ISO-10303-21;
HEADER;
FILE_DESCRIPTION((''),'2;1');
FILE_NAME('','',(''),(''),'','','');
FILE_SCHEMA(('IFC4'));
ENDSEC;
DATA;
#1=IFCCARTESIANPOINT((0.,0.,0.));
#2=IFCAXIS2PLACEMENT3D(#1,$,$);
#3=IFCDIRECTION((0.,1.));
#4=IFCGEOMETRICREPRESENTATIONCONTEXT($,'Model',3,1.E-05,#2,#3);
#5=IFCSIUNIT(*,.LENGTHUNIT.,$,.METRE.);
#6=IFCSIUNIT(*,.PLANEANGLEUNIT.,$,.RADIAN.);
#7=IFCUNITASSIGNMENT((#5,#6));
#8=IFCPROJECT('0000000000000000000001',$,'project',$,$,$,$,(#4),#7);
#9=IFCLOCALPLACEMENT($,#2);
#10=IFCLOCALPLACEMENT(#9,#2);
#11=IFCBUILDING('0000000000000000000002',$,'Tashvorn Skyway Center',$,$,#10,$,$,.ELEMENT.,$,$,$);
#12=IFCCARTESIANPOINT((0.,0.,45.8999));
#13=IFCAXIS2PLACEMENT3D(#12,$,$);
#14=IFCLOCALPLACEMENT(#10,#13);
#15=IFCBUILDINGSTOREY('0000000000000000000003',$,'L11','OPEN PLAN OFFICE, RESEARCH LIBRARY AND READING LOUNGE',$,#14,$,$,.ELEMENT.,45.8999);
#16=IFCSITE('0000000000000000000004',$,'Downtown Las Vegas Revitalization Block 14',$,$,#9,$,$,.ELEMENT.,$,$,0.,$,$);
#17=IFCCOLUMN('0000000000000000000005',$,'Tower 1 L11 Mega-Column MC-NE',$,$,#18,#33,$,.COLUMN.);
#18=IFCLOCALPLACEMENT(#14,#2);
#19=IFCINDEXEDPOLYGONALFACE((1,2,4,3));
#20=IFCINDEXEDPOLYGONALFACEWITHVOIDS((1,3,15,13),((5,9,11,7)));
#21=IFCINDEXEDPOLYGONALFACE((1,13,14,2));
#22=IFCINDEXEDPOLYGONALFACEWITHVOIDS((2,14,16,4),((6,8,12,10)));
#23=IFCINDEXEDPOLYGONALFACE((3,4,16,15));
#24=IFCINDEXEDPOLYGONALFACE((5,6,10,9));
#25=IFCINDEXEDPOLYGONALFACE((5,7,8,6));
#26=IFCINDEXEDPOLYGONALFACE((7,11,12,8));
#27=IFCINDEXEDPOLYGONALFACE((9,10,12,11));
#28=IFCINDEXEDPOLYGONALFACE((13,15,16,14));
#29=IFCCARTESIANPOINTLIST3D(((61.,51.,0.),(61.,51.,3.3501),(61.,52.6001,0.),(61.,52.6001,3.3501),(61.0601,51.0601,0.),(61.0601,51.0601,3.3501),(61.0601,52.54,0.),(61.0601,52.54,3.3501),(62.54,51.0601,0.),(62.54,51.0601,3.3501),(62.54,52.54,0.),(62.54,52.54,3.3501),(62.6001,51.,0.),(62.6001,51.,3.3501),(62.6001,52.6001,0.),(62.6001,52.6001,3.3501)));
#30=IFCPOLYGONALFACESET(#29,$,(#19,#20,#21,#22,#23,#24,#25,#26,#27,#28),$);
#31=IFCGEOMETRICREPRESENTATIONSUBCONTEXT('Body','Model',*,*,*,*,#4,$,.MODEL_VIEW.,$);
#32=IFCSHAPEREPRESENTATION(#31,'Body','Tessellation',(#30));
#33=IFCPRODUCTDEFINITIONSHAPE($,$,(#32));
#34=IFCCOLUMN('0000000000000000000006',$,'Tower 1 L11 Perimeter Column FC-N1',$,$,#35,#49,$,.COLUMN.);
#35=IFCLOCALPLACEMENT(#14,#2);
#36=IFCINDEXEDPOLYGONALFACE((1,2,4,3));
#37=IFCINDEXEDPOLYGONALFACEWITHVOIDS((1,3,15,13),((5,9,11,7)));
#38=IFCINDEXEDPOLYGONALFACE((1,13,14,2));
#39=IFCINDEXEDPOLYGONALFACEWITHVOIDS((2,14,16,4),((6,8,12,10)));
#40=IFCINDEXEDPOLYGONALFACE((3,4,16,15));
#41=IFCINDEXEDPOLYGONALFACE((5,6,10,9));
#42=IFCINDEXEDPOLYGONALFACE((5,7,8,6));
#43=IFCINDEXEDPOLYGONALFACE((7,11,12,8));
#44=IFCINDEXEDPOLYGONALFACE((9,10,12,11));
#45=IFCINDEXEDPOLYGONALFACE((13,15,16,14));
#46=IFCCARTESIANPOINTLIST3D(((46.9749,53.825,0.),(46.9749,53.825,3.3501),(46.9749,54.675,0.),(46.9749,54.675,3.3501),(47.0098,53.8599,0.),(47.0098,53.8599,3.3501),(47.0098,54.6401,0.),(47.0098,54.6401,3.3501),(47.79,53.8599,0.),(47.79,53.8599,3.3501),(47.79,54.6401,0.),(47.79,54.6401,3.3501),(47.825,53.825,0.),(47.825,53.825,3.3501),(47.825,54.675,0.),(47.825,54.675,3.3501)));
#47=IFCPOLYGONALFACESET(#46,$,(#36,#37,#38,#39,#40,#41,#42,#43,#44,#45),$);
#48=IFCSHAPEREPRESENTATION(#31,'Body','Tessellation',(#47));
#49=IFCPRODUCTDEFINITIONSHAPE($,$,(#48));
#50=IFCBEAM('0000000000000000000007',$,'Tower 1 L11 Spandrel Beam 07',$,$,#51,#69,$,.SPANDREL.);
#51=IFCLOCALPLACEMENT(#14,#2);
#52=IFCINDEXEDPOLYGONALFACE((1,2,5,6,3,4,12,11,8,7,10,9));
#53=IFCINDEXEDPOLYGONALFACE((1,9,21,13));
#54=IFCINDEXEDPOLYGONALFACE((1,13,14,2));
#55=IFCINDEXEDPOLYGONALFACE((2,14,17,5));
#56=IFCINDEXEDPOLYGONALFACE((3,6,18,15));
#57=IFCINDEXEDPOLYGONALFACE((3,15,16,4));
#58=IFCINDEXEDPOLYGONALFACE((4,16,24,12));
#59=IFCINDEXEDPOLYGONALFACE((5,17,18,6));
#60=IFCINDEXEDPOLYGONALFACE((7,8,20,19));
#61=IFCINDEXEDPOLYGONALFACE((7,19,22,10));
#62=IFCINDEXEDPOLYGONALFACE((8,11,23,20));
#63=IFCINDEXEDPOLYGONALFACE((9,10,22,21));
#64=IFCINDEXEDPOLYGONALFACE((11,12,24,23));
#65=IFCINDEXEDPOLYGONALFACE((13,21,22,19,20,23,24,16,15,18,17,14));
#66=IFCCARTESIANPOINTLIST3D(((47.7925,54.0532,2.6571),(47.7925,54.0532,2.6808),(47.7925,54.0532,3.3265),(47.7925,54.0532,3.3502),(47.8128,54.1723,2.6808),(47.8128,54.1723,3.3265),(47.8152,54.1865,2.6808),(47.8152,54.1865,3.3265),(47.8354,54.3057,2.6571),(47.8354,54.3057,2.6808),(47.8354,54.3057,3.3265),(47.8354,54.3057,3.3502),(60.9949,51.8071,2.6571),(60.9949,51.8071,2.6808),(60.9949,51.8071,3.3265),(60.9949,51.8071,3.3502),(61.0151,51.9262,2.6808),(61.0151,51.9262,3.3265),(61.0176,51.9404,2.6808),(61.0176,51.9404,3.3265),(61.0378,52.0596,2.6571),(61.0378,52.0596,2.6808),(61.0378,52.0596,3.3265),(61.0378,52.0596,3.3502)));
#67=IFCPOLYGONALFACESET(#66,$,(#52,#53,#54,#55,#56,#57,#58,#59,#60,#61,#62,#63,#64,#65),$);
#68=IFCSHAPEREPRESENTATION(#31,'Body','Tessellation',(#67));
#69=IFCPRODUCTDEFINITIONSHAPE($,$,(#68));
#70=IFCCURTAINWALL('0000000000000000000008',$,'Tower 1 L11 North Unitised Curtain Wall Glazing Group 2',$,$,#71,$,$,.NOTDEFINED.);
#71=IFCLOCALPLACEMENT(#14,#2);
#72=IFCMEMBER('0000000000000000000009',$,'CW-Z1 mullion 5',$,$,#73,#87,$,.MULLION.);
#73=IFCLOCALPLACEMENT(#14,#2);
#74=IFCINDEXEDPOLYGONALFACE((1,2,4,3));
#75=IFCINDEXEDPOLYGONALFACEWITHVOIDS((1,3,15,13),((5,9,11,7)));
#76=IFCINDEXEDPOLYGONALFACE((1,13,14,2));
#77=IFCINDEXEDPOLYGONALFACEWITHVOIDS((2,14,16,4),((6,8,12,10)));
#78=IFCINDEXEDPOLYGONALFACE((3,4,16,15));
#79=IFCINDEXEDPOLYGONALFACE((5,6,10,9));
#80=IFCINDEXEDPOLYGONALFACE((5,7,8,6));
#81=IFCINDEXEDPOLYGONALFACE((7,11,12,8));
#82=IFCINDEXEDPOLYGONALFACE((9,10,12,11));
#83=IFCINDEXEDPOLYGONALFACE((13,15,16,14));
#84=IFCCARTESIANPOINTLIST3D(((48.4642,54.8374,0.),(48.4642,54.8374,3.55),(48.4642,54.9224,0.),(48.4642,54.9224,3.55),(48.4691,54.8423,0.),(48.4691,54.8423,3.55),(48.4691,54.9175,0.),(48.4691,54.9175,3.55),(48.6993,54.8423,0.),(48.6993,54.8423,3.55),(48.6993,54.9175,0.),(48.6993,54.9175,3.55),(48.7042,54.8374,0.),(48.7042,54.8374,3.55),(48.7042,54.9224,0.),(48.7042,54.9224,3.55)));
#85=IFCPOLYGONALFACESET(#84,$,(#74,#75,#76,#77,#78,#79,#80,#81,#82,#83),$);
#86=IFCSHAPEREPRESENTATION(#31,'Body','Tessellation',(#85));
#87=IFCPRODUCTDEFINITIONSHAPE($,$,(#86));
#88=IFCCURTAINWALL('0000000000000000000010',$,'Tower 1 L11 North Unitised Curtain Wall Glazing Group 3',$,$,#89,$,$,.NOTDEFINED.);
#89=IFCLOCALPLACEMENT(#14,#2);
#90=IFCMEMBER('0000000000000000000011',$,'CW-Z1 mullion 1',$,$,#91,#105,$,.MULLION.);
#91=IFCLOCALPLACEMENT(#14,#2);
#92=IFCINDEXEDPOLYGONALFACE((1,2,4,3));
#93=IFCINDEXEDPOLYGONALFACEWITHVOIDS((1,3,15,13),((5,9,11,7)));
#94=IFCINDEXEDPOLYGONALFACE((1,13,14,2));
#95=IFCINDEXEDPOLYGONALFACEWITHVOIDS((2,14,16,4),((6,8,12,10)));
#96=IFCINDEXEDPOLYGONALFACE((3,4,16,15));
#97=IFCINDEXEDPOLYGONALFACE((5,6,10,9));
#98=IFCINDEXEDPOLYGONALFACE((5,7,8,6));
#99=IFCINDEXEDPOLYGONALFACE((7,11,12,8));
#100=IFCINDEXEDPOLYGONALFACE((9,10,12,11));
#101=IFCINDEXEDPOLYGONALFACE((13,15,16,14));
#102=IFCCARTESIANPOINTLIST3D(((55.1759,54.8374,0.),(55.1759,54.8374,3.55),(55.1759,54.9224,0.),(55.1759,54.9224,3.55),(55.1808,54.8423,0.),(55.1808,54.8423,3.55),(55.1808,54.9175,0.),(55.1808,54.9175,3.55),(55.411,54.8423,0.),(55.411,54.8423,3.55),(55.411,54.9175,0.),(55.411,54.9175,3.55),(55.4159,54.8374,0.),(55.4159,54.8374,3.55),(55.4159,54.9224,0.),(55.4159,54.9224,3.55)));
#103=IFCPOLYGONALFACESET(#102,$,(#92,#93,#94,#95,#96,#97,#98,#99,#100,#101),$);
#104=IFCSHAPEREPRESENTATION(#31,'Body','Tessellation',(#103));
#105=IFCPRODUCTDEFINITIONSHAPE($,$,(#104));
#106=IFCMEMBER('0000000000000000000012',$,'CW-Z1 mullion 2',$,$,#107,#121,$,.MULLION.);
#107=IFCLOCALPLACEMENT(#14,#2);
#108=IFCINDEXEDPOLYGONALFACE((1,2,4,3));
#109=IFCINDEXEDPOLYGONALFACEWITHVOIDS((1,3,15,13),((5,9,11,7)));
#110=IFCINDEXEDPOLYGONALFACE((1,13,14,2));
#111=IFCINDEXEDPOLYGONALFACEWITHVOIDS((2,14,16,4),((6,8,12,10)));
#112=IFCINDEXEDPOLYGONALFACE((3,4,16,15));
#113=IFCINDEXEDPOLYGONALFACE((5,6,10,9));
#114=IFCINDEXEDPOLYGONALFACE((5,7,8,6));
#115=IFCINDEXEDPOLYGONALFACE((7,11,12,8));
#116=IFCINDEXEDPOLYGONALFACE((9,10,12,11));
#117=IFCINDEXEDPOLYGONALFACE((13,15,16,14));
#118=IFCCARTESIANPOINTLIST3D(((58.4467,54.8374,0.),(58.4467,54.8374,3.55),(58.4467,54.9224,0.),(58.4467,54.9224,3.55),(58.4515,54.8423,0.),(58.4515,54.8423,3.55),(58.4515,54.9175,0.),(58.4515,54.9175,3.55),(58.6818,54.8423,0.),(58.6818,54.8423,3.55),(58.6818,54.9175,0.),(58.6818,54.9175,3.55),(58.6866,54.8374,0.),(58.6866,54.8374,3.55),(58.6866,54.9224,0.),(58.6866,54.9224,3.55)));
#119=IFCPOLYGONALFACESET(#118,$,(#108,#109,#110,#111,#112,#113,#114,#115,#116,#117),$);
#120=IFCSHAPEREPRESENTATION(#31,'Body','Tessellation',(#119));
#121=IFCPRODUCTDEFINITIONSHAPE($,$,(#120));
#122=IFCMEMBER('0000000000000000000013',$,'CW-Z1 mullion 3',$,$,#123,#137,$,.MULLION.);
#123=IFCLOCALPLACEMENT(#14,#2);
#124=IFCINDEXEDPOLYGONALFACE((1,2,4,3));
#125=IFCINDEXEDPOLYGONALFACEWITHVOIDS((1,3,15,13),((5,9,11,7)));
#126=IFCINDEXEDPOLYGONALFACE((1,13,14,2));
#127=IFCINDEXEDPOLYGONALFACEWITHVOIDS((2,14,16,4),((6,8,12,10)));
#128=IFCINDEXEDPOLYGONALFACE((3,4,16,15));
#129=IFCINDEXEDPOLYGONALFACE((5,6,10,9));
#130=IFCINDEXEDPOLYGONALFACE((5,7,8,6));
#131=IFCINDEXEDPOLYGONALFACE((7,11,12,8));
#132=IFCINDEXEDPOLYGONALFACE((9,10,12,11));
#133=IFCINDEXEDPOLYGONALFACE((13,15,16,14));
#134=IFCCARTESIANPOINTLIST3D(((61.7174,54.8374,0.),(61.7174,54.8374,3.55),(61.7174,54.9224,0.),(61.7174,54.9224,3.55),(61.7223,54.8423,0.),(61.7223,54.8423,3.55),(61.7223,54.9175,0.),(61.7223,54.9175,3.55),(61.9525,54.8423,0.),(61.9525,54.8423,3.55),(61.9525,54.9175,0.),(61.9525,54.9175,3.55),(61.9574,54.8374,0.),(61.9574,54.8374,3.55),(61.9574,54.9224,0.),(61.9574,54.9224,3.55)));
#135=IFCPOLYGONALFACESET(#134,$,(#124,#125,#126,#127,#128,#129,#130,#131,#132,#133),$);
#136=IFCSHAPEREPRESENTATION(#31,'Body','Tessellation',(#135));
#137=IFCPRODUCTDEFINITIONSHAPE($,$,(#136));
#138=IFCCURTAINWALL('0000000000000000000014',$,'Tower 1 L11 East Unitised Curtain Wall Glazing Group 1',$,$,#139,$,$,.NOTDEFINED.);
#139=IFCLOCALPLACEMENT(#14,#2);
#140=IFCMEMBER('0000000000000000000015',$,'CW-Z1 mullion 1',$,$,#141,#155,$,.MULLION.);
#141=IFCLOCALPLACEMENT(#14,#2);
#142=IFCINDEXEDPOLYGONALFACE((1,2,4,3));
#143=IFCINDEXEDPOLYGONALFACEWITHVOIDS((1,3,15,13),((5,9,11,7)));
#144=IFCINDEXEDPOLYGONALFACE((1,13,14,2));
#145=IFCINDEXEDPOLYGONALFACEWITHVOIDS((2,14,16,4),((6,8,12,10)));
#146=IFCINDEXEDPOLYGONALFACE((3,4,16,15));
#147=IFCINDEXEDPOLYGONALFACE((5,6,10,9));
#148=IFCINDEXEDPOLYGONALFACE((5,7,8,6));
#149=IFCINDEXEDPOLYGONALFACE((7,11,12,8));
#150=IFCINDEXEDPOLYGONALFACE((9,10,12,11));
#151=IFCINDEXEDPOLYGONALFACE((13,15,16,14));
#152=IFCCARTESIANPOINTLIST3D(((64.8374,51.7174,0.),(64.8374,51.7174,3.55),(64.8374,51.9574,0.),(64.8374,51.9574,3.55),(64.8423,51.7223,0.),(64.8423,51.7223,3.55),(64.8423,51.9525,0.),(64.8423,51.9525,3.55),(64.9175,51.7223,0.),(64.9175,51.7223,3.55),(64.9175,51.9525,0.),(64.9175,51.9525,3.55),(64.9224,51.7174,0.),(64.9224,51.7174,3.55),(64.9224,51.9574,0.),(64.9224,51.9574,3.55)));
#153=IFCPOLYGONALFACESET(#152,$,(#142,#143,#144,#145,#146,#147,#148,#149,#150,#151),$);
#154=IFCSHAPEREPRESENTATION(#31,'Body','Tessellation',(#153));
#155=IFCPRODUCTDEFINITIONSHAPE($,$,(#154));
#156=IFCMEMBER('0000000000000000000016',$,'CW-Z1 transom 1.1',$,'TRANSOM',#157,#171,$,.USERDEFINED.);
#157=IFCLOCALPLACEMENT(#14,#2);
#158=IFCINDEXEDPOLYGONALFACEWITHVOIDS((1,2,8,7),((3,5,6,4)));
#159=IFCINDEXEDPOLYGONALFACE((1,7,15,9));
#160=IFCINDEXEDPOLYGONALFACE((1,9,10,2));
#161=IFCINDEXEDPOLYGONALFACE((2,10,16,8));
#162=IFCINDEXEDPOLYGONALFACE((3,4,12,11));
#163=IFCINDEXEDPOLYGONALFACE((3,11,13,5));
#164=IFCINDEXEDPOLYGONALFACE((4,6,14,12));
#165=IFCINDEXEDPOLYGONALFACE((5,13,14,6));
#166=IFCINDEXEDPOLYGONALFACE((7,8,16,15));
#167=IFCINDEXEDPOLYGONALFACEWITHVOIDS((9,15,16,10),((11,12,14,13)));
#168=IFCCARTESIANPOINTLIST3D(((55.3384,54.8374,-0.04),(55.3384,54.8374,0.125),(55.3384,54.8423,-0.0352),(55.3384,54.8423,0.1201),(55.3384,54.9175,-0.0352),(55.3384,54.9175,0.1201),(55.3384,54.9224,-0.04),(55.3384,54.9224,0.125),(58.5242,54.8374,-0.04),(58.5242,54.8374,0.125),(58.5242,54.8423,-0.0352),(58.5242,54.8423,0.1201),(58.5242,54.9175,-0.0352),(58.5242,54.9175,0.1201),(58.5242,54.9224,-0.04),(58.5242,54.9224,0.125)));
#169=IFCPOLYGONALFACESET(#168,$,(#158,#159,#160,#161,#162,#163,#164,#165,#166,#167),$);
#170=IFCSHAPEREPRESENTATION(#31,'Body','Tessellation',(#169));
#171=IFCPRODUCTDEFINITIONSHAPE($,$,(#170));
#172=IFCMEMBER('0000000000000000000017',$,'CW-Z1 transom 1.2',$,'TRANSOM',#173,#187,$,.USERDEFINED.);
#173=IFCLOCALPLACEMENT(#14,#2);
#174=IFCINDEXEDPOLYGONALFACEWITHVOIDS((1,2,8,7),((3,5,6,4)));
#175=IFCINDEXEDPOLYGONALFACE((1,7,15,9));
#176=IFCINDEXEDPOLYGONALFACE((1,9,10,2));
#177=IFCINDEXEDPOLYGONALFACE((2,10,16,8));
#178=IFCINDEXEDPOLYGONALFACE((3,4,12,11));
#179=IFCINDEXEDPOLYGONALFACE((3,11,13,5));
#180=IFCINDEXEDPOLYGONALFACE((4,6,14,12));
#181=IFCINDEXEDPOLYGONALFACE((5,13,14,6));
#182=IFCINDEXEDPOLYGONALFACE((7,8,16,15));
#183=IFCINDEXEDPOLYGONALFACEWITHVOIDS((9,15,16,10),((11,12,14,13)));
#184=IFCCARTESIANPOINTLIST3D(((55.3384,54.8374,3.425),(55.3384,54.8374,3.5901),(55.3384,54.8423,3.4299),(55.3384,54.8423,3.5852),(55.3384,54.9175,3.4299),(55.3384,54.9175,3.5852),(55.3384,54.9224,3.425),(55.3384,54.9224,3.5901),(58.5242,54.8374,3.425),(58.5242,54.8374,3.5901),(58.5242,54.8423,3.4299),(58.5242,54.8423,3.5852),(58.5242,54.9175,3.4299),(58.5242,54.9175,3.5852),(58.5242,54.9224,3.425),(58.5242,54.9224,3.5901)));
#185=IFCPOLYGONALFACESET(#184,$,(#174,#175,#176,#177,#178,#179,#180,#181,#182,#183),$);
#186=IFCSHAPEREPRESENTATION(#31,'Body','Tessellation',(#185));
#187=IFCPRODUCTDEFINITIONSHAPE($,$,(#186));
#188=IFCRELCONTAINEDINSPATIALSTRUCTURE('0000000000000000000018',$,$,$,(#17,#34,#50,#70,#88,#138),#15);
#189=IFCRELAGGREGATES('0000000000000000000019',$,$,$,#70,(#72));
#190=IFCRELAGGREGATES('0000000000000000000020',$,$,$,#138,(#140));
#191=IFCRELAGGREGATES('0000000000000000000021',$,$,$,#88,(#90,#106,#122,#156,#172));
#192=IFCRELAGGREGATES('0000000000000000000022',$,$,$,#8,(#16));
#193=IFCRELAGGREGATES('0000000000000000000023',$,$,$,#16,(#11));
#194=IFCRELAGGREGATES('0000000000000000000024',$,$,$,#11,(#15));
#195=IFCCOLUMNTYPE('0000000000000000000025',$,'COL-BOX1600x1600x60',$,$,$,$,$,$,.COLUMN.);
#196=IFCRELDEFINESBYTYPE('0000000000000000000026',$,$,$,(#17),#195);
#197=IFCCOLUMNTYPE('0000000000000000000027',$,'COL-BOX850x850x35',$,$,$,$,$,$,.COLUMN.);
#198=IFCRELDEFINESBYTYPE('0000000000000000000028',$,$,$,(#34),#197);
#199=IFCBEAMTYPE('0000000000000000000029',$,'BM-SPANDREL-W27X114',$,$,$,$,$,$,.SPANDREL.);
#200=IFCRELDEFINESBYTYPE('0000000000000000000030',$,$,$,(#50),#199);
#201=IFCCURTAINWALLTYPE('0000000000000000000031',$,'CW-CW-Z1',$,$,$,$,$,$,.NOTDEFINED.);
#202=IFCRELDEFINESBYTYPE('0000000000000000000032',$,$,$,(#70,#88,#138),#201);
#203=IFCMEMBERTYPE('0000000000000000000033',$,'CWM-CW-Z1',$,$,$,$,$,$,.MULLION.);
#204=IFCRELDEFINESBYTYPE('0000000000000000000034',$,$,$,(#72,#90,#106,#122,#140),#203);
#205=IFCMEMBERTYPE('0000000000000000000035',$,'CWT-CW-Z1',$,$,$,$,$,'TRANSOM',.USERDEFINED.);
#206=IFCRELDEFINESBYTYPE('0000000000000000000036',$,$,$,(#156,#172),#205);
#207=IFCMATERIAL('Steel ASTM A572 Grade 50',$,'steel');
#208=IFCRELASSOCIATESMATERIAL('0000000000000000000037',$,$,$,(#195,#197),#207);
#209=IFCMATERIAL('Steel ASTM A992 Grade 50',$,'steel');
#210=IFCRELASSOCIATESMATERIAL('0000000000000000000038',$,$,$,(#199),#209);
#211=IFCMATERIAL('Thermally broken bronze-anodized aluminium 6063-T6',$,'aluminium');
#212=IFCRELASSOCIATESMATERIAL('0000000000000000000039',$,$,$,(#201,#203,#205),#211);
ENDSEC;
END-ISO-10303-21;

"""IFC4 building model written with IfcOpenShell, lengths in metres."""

from ifc_helpers import new_model, si_unit, direction, frame, origin, origin_2d, place, context, subcontext, project, spatial, hollow_rectangle, i_section, extrude, material, material_profile, profile_set, type_object, element, aggregate, save


model = new_model("IFC4")

# Units and contexts
model_context = context("Model", 3, precision=1e-05, world=origin(), true_north=direction((0.0, 1.0)))
body_context = subcontext(model_context, "Body", "Model", "MODEL_VIEW")
ifc_project = project(units=[si_unit("LENGTHUNIT", "METRE"), si_unit("PLANEANGLEUNIT", "RADIAN")], contexts=[model_context])

# Site, building, storey
site_placement = place(None, origin())
site = spatial("IfcSite", under=ifc_project, at=site_placement, Name="Downtown Las Vegas Revitalization Block 14", CompositionType="ELEMENT", RefElevation=0.0)
building_placement = place(site_placement, origin())
building = spatial("IfcBuilding", under=site, at=building_placement, Name="Tashvorn Skyway Center", CompositionType="ELEMENT")
storey_placement = place(building_placement, frame((0.0, 0.0, 45.8999)))
storey = spatial("IfcBuildingStorey", under=building, at=storey_placement, Name="L11", Description="OPEN PLAN OFFICE, RESEARCH LIBRARY AND READING LOUNGE", CompositionType="ELEMENT", Elevation=45.8999)

# Columns
ifc_material_1 = material(Name="Steel ASTM A572 Grade 50", Category="steel")
ifc_material_profile_1 = material_profile(ifc_material_1, hollow_rectangle(XDim=1.6001, YDim=1.6001, WallThickness=0.0601, at=origin_2d()), Name="BOX1600x1600x60")
ifc_profile_set_1 = profile_set([ifc_material_profile_1], Name="Steel ASTM A572 Grade 50")
column_type_1 = type_object("IfcColumnType", Name="COL-BOX1600x1600x60", PredefinedType="COLUMN", material=ifc_profile_set_1)
column_1_placement = place(storey_placement, frame((61.8, 51.8, 0.0), z_axis=(0.0, 0.0, 1.0), x_axis=(1.0, 0.0, 0.0)))
element("IfcColumn", 1, at=column_1_placement, inside=storey, type_object=column_type_1, Name="Tower 1 L11 Mega-Column MC-NE", PredefinedType="COLUMN", context=body_context, shape_type="SweptSolid", body=[
    extrude(hollow_rectangle(XDim=1.6001, YDim=1.6001, WallThickness=0.0601, at=origin_2d()), origin(), (0.0, 0.0, 1.0), 3.3501),
])
ifc_material_profile_2 = material_profile(ifc_material_1, hollow_rectangle(XDim=0.8501, YDim=0.8501, WallThickness=0.0349, at=origin_2d()), Name="BOX850x850x35")
ifc_profile_set_2 = profile_set([ifc_material_profile_2], Name="Steel ASTM A572 Grade 50")
column_type_2 = type_object("IfcColumnType", Name="COL-BOX850x850x35", PredefinedType="COLUMN", material=ifc_profile_set_2)
column_2_placement = place(storey_placement, frame((47.3999, 54.25, 0.0), z_axis=(0.0, 0.0, 1.0), x_axis=(1.0, 0.0, 0.0)))
element("IfcColumn", 2, at=column_2_placement, inside=storey, type_object=column_type_2, Name="Tower 1 L11 Perimeter Column FC-N1", PredefinedType="COLUMN", context=body_context, shape_type="SweptSolid", body=[
    extrude(hollow_rectangle(XDim=0.8501, YDim=0.8501, WallThickness=0.0349, at=origin_2d()), origin(), (0.0, 0.0, 1.0), 3.3501),
])

# Beam
ifc_material_2 = material(Name="Steel ASTM A992 Grade 50", Category="steel")
ifc_material_profile_3 = material_profile(ifc_material_2, i_section(OverallWidth=0.2561, OverallDepth=0.6931, WebThickness=0.0144, FlangeThickness=0.0237, at=origin_2d()), Name="W27X114")
ifc_profile_set_3 = profile_set([ifc_material_profile_3], Name="Steel ASTM A992 Grade 50")
beam_type = type_object("IfcBeamType", Name="BM-SPANDREL-W27X114", PredefinedType="SPANDREL", material=ifc_profile_set_3)
beam_placement = place(storey_placement, frame((61.0164, 51.9333, 3.0037), z_axis=(-0.985835, 0.167718, 0.0), x_axis=(-0.167718, -0.985835, 0.0)))
element("IfcBeam", 3, at=beam_placement, inside=storey, type_object=beam_type, Name="Tower 1 L11 Spandrel Beam 07", PredefinedType="SPANDREL", context=body_context, shape_type="SweptSolid", body=[
    extrude(i_section(OverallWidth=0.2561, OverallDepth=0.6931, WebThickness=0.0144, FlangeThickness=0.0237, at=origin_2d()), origin(), (0.0, 0.0, 1.0), 13.3921),
])

# Curtain wall, member
ifc_material_3 = material(Name="Thermally broken bronze-anodized aluminium 6063-T6", Category="aluminium")
curtain_wall_type = type_object("IfcCurtainWallType", Name="CW-CW-Z1", PredefinedType="NOTDEFINED", material=ifc_material_3)
curtain_wall_1_placement = place(storey_placement, origin())
curtain_wall_1 = element("IfcCurtainWall", 4, at=curtain_wall_1_placement, inside=storey, type_object=curtain_wall_type, Name="Tower 1 L11 North Unitised Curtain Wall Glazing Group 2", PredefinedType="NOTDEFINED")
ifc_material_profile_4 = material_profile(ifc_material_3, hollow_rectangle(XDim=0.085, YDim=0.24, WallThickness=0.0049, at=origin_2d()), Name="ALU-MULL-85x240")
ifc_profile_set_4 = profile_set([ifc_material_profile_4], Name="Thermally broken bronze-anodized aluminium 6063-T6")
member_type_1 = type_object("IfcMemberType", Name="CWM-CW-Z1", PredefinedType="MULLION", material=ifc_profile_set_4)
member_1_placement = place(storey_placement, frame((48.5842, 54.8799, 0.0), z_axis=(0.0, 0.0, 1.0), x_axis=(0.0, 1.0, 0.0)))
member_1 = element("IfcMember", 5, at=member_1_placement, type_object=member_type_1, Name="CW-Z1 mullion 5", PredefinedType="MULLION", context=body_context, shape_type="SweptSolid", body=[
    extrude(hollow_rectangle(XDim=0.085, YDim=0.24, WallThickness=0.0049, at=origin_2d()), origin(), (0.0, 0.0, 1.0), 3.55),
])
aggregate(curtain_wall_1, [member_1])

# Curtain wall, members
curtain_wall_2_placement = place(storey_placement, origin())
curtain_wall_2 = element("IfcCurtainWall", 6, at=curtain_wall_2_placement, inside=storey, type_object=curtain_wall_type, Name="Tower 1 L11 North Unitised Curtain Wall Glazing Group 3", PredefinedType="NOTDEFINED")
member_2_placement = place(storey_placement, frame((55.2959, 54.8799, 0.0), z_axis=(0.0, 0.0, 1.0), x_axis=(0.0, 1.0, 0.0)))
member_2 = element("IfcMember", 7, at=member_2_placement, type_object=member_type_1, Name="CW-Z1 mullion 1", PredefinedType="MULLION", context=body_context, shape_type="SweptSolid", body=[
    extrude(hollow_rectangle(XDim=0.085, YDim=0.24, WallThickness=0.0049, at=origin_2d()), origin(), (0.0, 0.0, 1.0), 3.55),
])
member_3_placement = place(storey_placement, frame((58.5667, 54.8799, 0.0), z_axis=(0.0, 0.0, 1.0), x_axis=(0.0, 1.0, 0.0)))
member_3 = element("IfcMember", 8, at=member_3_placement, type_object=member_type_1, Name="CW-Z1 mullion 2", PredefinedType="MULLION", context=body_context, shape_type="SweptSolid", body=[
    extrude(hollow_rectangle(XDim=0.085, YDim=0.24, WallThickness=0.0049, at=origin_2d()), origin(), (0.0, 0.0, 1.0), 3.55),
])
member_4_placement = place(storey_placement, frame((61.8374, 54.8799, 0.0), z_axis=(0.0, 0.0, 1.0), x_axis=(0.0, 1.0, 0.0)))
member_4 = element("IfcMember", 9, at=member_4_placement, type_object=member_type_1, Name="CW-Z1 mullion 3", PredefinedType="MULLION", context=body_context, shape_type="SweptSolid", body=[
    extrude(hollow_rectangle(XDim=0.085, YDim=0.24, WallThickness=0.0049, at=origin_2d()), origin(), (0.0, 0.0, 1.0), 3.55),
])

# Curtain wall, member
curtain_wall_3_placement = place(storey_placement, origin())
curtain_wall_3 = element("IfcCurtainWall", 10, at=curtain_wall_3_placement, inside=storey, type_object=curtain_wall_type, Name="Tower 1 L11 East Unitised Curtain Wall Glazing Group 1", PredefinedType="NOTDEFINED")
member_5_placement = place(storey_placement, frame((64.8799, 51.8374, 0.0), z_axis=(0.0, 0.0, 1.0), x_axis=(1.0, 0.0, 0.0)))
member_5 = element("IfcMember", 11, at=member_5_placement, type_object=member_type_1, Name="CW-Z1 mullion 1", PredefinedType="MULLION", context=body_context, shape_type="SweptSolid", body=[
    extrude(hollow_rectangle(XDim=0.085, YDim=0.24, WallThickness=0.0049, at=origin_2d()), origin(), (0.0, 0.0, 1.0), 3.55),
])

# Members
ifc_material_profile_5 = material_profile(ifc_material_3, hollow_rectangle(XDim=0.085, YDim=0.165, WallThickness=0.0049, at=origin_2d()), Name="ALU-TRAN-85x165")
ifc_profile_set_5 = profile_set([ifc_material_profile_5], Name="Thermally broken bronze-anodized aluminium 6063-T6")
member_type_2 = type_object("IfcMemberType", Name="CWT-CW-Z1", ElementType="TRANSOM", PredefinedType="USERDEFINED", material=ifc_profile_set_5)
member_6_placement = place(storey_placement, frame((55.3384, 54.8799, 0.0425), z_axis=(1.0, 0.0, 0.0), x_axis=(0.0, 1.0, 0.0)))
member_6 = element("IfcMember", 12, at=member_6_placement, type_object=member_type_2, Name="CW-Z1 transom 1.1", ObjectType="TRANSOM", PredefinedType="USERDEFINED", context=body_context, shape_type="SweptSolid", body=[
    extrude(hollow_rectangle(XDim=0.085, YDim=0.165, WallThickness=0.0049, at=origin_2d()), origin(), (0.0, 0.0, 1.0), 3.1858),
])
member_7_placement = place(storey_placement, frame((55.3384, 54.8799, 3.5076), z_axis=(1.0, 0.0, 0.0), x_axis=(0.0, 1.0, 0.0)))
member_7 = element("IfcMember", 13, at=member_7_placement, type_object=member_type_2, Name="CW-Z1 transom 1.2", ObjectType="TRANSOM", PredefinedType="USERDEFINED", context=body_context, shape_type="SweptSolid", body=[
    extrude(hollow_rectangle(XDim=0.085, YDim=0.165, WallThickness=0.0049, at=origin_2d()), origin(), (0.0, 0.0, 1.0), 3.1858),
])
aggregate(curtain_wall_3, [member_5])

aggregate(curtain_wall_2, [member_2, member_3, member_4, member_6, member_7])

save(model, "model.ifc")
